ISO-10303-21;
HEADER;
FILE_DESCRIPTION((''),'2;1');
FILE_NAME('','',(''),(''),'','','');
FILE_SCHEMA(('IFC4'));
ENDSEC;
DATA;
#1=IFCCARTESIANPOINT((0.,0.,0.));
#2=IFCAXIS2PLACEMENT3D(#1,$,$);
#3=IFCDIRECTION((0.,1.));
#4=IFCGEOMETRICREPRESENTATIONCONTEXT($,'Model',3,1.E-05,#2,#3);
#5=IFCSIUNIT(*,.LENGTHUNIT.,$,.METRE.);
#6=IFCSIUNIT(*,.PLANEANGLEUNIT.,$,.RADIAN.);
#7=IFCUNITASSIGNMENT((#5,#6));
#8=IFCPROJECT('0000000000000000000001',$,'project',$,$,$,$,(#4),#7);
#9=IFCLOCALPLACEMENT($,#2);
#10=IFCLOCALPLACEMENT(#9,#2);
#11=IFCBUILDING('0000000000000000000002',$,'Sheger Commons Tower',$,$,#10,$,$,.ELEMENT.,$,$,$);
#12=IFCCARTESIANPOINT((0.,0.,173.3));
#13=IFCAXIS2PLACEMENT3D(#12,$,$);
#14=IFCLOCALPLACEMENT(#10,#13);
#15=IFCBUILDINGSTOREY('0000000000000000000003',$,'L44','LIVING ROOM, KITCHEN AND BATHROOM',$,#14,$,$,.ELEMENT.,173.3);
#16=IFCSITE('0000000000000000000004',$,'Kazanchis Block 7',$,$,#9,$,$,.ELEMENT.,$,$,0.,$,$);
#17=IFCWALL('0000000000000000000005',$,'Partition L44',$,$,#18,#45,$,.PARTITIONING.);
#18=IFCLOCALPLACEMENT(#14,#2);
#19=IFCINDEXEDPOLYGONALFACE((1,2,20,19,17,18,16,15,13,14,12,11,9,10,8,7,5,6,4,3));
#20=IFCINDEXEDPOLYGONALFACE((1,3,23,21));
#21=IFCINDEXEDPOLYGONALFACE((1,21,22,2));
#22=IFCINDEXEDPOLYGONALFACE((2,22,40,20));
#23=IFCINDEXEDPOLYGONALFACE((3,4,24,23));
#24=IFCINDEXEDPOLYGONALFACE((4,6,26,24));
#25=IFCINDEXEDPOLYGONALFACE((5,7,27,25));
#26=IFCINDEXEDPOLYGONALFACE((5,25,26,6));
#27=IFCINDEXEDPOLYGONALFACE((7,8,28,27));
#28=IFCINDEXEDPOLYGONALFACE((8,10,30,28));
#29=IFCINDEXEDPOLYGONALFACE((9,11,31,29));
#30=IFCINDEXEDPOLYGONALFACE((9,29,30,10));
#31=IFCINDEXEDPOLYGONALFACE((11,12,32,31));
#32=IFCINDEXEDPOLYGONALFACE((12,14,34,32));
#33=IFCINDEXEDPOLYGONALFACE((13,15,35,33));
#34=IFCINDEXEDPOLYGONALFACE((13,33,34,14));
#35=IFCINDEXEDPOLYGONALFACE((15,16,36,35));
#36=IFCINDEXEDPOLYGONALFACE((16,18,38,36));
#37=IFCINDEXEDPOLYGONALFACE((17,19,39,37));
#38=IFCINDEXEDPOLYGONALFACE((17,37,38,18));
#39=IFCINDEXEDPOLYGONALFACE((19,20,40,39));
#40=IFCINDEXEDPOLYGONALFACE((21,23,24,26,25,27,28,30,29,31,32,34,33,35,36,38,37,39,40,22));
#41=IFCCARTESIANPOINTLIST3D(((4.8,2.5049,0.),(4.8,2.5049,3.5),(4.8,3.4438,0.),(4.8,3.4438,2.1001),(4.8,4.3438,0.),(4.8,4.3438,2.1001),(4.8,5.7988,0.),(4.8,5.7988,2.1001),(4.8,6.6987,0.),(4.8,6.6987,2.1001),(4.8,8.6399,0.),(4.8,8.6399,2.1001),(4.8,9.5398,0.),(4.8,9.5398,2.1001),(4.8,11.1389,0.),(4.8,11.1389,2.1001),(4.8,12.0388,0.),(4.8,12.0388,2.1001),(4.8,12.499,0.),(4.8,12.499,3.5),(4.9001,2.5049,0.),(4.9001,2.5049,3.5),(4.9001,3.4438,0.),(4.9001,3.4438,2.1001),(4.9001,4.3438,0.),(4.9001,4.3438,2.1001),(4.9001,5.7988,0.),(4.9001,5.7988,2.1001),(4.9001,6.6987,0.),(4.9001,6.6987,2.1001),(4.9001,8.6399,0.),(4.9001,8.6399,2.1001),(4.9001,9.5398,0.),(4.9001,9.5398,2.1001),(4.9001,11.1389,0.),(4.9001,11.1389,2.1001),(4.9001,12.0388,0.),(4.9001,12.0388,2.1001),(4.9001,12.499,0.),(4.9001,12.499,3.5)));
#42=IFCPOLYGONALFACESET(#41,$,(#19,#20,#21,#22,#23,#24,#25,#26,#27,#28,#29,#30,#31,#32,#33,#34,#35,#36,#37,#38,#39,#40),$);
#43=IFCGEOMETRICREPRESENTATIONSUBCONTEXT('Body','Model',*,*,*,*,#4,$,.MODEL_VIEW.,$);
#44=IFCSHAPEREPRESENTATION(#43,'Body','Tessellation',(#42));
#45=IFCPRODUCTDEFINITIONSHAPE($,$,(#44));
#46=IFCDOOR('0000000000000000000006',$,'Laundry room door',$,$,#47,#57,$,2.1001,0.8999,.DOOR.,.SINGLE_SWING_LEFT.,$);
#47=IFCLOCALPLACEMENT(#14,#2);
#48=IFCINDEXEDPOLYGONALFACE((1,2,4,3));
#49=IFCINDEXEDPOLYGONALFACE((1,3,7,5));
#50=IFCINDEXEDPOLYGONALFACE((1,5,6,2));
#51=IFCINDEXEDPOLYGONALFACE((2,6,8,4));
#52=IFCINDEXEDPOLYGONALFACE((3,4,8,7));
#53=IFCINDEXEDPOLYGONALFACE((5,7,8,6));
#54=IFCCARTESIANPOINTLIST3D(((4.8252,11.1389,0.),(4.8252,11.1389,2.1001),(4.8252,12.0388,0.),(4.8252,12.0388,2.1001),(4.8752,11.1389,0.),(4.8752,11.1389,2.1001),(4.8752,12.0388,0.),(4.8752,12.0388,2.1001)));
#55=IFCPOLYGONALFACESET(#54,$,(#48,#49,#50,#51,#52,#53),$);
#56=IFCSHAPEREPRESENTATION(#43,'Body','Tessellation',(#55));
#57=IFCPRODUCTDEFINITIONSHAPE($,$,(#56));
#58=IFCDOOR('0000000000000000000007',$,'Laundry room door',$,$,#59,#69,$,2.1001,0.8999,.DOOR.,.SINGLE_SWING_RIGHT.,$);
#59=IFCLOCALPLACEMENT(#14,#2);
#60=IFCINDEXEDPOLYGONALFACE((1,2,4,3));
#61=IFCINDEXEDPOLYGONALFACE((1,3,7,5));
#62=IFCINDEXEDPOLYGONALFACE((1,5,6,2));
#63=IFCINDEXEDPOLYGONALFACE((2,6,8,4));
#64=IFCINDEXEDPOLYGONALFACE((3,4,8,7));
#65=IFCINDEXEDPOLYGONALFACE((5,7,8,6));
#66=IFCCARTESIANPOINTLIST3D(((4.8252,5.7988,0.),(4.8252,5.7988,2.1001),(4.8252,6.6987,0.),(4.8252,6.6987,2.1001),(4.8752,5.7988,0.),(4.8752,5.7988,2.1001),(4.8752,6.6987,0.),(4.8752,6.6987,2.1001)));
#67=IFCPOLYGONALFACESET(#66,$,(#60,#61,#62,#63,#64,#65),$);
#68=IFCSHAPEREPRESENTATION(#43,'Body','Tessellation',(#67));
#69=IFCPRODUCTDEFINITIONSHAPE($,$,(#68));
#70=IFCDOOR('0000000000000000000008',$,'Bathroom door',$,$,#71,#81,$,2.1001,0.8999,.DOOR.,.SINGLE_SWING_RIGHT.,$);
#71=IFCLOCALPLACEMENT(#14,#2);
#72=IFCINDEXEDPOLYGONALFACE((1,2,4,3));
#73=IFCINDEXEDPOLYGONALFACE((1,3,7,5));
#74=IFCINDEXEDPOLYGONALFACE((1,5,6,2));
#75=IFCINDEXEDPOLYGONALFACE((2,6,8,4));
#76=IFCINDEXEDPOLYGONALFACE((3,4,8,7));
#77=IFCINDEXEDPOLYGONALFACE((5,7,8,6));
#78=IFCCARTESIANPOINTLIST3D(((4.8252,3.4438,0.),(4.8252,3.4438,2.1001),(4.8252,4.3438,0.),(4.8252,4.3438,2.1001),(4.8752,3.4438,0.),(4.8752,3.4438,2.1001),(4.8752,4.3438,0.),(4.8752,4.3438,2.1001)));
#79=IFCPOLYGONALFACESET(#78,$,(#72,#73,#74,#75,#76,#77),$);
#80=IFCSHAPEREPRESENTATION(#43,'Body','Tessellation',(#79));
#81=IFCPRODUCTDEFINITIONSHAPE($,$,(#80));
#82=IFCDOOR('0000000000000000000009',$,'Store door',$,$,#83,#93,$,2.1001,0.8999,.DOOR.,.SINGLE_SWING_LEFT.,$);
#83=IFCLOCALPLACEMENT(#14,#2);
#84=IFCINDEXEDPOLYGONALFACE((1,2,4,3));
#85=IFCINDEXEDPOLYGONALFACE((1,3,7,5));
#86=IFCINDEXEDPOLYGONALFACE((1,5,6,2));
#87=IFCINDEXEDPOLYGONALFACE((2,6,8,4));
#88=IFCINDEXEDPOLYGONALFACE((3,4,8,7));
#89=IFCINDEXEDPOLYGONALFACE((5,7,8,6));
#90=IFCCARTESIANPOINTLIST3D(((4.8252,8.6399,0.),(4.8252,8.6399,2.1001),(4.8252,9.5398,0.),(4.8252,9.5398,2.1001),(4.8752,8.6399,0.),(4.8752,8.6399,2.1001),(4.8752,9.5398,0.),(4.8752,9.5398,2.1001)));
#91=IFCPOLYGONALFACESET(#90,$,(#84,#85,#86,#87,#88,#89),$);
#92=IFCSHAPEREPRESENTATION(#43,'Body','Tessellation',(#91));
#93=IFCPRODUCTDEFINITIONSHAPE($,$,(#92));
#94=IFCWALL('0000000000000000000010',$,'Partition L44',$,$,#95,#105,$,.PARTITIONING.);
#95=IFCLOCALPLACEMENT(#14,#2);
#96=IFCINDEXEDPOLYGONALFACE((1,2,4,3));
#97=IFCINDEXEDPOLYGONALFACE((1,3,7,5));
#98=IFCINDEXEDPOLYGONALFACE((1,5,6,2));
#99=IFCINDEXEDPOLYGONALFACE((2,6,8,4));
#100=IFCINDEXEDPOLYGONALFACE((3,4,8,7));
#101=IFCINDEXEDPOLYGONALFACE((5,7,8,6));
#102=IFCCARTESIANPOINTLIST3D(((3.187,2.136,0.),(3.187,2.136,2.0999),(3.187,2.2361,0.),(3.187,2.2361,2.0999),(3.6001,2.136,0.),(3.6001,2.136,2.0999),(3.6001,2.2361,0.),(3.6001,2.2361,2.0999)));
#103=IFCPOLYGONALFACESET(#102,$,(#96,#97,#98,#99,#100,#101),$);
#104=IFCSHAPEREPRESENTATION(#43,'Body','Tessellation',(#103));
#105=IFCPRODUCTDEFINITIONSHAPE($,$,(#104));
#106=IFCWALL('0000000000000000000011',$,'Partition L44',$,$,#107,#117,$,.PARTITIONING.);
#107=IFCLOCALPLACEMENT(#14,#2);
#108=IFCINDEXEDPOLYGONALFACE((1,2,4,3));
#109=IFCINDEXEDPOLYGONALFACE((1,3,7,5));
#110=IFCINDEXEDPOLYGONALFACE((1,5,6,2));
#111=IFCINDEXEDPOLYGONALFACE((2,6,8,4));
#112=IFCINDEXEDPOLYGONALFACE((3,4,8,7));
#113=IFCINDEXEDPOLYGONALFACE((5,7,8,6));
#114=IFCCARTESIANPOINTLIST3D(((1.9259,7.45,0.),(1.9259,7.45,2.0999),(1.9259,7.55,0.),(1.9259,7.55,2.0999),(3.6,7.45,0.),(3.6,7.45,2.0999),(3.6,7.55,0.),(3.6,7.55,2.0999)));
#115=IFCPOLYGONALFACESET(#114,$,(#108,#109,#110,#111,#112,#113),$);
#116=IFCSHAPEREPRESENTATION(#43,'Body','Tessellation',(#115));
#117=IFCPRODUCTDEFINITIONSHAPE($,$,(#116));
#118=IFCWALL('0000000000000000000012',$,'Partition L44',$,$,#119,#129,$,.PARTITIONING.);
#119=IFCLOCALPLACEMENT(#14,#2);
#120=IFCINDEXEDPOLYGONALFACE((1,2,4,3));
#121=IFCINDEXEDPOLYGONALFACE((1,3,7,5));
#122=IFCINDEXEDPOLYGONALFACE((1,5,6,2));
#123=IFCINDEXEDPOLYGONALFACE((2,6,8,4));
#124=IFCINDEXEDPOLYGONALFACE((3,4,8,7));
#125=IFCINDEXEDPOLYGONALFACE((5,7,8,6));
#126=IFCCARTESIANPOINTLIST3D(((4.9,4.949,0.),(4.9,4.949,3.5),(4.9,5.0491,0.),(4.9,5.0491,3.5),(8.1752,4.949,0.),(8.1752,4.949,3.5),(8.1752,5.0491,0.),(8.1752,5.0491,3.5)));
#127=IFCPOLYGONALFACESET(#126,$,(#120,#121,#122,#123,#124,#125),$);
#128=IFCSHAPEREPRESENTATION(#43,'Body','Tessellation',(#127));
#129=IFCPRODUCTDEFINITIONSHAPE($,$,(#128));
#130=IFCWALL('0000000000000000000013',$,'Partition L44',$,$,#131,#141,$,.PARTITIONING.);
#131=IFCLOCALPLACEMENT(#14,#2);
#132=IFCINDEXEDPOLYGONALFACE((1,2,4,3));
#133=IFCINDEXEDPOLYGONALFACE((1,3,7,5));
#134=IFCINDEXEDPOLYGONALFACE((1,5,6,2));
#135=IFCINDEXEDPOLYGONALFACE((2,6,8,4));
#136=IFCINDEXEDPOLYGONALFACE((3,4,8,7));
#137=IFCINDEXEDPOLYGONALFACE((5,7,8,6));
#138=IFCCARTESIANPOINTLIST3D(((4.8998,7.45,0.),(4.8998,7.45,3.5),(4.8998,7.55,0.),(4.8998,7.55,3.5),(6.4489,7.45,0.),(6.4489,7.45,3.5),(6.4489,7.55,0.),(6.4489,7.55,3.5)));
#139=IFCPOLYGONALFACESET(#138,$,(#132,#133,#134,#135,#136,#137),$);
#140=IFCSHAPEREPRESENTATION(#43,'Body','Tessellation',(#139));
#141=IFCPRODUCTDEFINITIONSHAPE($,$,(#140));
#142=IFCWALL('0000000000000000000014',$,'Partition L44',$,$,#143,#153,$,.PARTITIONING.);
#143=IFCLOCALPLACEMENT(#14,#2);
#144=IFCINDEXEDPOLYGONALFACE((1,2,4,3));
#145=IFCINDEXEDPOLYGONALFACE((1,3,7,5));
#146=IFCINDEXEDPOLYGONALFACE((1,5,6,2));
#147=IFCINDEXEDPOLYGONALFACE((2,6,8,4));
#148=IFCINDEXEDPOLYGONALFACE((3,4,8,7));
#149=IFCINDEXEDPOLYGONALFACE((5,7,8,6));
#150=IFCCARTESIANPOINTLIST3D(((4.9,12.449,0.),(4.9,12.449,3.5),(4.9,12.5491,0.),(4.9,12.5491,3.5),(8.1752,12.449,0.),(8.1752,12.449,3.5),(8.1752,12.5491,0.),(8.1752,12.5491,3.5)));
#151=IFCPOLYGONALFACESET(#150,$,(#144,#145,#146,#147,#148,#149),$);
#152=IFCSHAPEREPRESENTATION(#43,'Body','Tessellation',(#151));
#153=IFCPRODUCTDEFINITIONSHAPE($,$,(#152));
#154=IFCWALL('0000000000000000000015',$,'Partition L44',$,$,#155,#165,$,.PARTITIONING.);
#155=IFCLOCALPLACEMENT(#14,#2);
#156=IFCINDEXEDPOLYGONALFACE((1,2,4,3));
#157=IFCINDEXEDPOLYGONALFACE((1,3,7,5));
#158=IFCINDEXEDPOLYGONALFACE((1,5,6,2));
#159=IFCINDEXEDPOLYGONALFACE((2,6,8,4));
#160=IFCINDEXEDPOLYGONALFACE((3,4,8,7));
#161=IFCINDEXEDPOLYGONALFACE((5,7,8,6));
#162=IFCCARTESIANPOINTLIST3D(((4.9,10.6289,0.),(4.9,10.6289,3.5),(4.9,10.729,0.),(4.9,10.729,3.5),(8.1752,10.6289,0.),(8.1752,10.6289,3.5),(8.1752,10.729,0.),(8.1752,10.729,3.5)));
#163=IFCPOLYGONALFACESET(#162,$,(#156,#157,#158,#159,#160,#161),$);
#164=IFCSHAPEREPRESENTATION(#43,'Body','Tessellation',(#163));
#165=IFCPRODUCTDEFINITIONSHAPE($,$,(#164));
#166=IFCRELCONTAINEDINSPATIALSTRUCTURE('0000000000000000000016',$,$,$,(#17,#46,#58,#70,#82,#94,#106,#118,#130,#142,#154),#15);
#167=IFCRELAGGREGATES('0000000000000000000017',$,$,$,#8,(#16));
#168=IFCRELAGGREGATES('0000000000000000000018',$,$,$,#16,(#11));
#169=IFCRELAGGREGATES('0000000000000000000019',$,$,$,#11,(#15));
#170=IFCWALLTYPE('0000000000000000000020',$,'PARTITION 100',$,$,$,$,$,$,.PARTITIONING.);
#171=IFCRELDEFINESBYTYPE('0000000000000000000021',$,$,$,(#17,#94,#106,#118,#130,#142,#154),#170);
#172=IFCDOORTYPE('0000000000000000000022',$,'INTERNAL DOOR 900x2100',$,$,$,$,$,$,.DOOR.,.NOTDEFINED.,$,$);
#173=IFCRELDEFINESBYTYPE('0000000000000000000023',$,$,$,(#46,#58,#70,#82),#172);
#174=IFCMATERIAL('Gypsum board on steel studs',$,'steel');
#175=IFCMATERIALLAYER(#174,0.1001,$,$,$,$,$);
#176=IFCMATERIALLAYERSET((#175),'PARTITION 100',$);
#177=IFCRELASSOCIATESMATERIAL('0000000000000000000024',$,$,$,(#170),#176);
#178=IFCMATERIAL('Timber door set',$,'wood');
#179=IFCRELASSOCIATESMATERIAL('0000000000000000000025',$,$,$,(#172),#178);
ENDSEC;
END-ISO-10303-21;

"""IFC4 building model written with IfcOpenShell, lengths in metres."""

from ifc_helpers import new_model, si_unit, direction, frame, frame_2d, origin, place, context, subcontext, project, spatial, rectangle, extrude, material, layer, layer_set, type_object, element, fill, save


model = new_model("IFC4")

# Units and contexts
model_context = context("Model", 3, precision=1e-05, world=origin(), true_north=direction((0.0, 1.0)))
body_context = subcontext(model_context, "Body", "Model", "MODEL_VIEW")
ifc_project = project(units=[si_unit("LENGTHUNIT", "METRE"), si_unit("PLANEANGLEUNIT", "RADIAN")], contexts=[model_context])

# Site, building, storey
site_placement = place(None, origin())
site = spatial("IfcSite", under=ifc_project, at=site_placement, Name="Kazanchis Block 7", CompositionType="ELEMENT", RefElevation=0.0)
building_placement = place(site_placement, origin())
building = spatial("IfcBuilding", under=site, at=building_placement, Name="Sheger Commons Tower", CompositionType="ELEMENT")
storey_placement = place(building_placement, frame((0.0, 0.0, 173.3)))
storey = spatial("IfcBuildingStorey", under=building, at=storey_placement, Name="L44", Description="LIVING ROOM, KITCHEN AND BATHROOM", CompositionType="ELEMENT", Elevation=173.3)

# Wall, openings, doors
ifc_material_1 = material(Name="Gypsum board on steel studs", Category="steel")
ifc_layer = layer(ifc_material_1, 0.1001)
ifc_layer_set = layer_set([ifc_layer], Name="PARTITION 100")
wall_type = type_object("IfcWallType", Name="PARTITION 100", PredefinedType="PARTITIONING", material=ifc_layer_set)
ifc_material_2 = material(Name="Timber door set", Category="wood")
door_type = type_object("IfcDoorType", Name="INTERNAL DOOR 900x2100", OperationType="NOTDEFINED", PredefinedType="DOOR", material=ifc_material_2)
wall_1_placement = place(storey_placement, frame((4.8501, 2.5049, 0.0), z_axis=(0.0, 0.0, 1.0), x_axis=(0.0, 1.0, 0.0)))
wall_1 = element("IfcWall", 1, at=wall_1_placement, inside=storey, type_object=wall_type, Name="Partition L44", PredefinedType="PARTITIONING", context=body_context, shape_type="SweptSolid", body=[
    extrude(rectangle(XDim=9.9941, YDim=0.1001, at=frame_2d((4.9971, 0.0))), origin(), (0.0, 0.0, 1.0), 3.5),
])
opening_1_placement = place(wall_1_placement, frame((8.634, 0.0, 0.0)))
opening_1 = element("IfcOpeningElement", 2, at=opening_1_placement, cuts=wall_1, PredefinedType="OPENING", context=body_context, shape_type="SweptSolid", body=[
    extrude(rectangle(XDim=0.8999, YDim=2.1001, at=frame_2d((0.45, 1.05))), frame((0.0, 0.0601, 0.0), z_axis=(0.0, -1.0, 0.0), x_axis=(1.0, 0.0, 0.0)), (0.0, 0.0, 1.0), 0.1201),
])
opening_2_placement = place(wall_1_placement, frame((3.2939, 0.0, 0.0)))
opening_2 = element("IfcOpeningElement", 3, at=opening_2_placement, cuts=wall_1, PredefinedType="OPENING", context=body_context, shape_type="SweptSolid", body=[
    extrude(rectangle(XDim=0.8999, YDim=2.1001, at=frame_2d((0.45, 1.05))), frame((0.0, 0.0601, 0.0), z_axis=(0.0, -1.0, 0.0), x_axis=(1.0, 0.0, 0.0)), (0.0, 0.0, 1.0), 0.1201),
])
opening_3_placement = place(wall_1_placement, frame((0.939, 0.0, 0.0)))
opening_3 = element("IfcOpeningElement", 4, at=opening_3_placement, cuts=wall_1, PredefinedType="OPENING", context=body_context, shape_type="SweptSolid", body=[
    extrude(rectangle(XDim=0.8999, YDim=2.1001, at=frame_2d((0.45, 1.05))), frame((0.0, 0.0601, 0.0), z_axis=(0.0, -1.0, 0.0), x_axis=(1.0, 0.0, 0.0)), (0.0, 0.0, 1.0), 0.1201),
])
opening_4_placement = place(wall_1_placement, frame((6.135, 0.0, 0.0)))
opening_4 = element("IfcOpeningElement", 5, at=opening_4_placement, cuts=wall_1, PredefinedType="OPENING", context=body_context, shape_type="SweptSolid", body=[
    extrude(rectangle(XDim=0.8999, YDim=2.1001, at=frame_2d((0.45, 1.05))), frame((0.0, 0.0601, 0.0), z_axis=(0.0, -1.0, 0.0), x_axis=(1.0, 0.0, 0.0)), (0.0, 0.0, 1.0), 0.1201),
])
door_1_placement = place(opening_1_placement, origin())
door_1 = element("IfcDoor", 6, at=door_1_placement, inside=storey, type_object=door_type, Name="Laundry room door", OperationType="SINGLE_SWING_LEFT", OverallHeight=2.1001, OverallWidth=0.8999, PredefinedType="DOOR", context=body_context, shape_type="SweptSolid", body=[
    extrude(rectangle(XDim=0.8999, YDim=2.1001, at=frame_2d((0.45, 1.05))), frame((0.0, 0.0249, 0.0), z_axis=(0.0, -1.0, 0.0), x_axis=(1.0, 0.0, 0.0)), (0.0, 0.0, 1.0), 0.05),
])
fill(opening_1, door_1)
door_2_placement = place(opening_2_placement, origin())
door_2 = element("IfcDoor", 7, at=door_2_placement, inside=storey, type_object=door_type, Name="Laundry room door", OperationType="SINGLE_SWING_RIGHT", OverallHeight=2.1001, OverallWidth=0.8999, PredefinedType="DOOR", context=body_context, shape_type="SweptSolid", body=[
    extrude(rectangle(XDim=0.8999, YDim=2.1001, at=frame_2d((0.45, 1.05))), frame((0.0, 0.0249, 0.0), z_axis=(0.0, -1.0, 0.0), x_axis=(1.0, 0.0, 0.0)), (0.0, 0.0, 1.0), 0.05),
])
fill(opening_2, door_2)
door_3_placement = place(opening_3_placement, origin())
door_3 = element("IfcDoor", 8, at=door_3_placement, inside=storey, type_object=door_type, Name="Bathroom door", OperationType="SINGLE_SWING_RIGHT", OverallHeight=2.1001, OverallWidth=0.8999, PredefinedType="DOOR", context=body_context, shape_type="SweptSolid", body=[
    extrude(rectangle(XDim=0.8999, YDim=2.1001, at=frame_2d((0.45, 1.05))), frame((0.0, 0.0249, 0.0), z_axis=(0.0, -1.0, 0.0), x_axis=(1.0, 0.0, 0.0)), (0.0, 0.0, 1.0), 0.05),
])
fill(opening_3, door_3)
door_4_placement = place(opening_4_placement, origin())
door_4 = element("IfcDoor", 9, at=door_4_placement, inside=storey, type_object=door_type, Name="Store door", OperationType="SINGLE_SWING_LEFT", OverallHeight=2.1001, OverallWidth=0.8999, PredefinedType="DOOR", context=body_context, shape_type="SweptSolid", body=[
    extrude(rectangle(XDim=0.8999, YDim=2.1001, at=frame_2d((0.45, 1.05))), frame((0.0, 0.0249, 0.0), z_axis=(0.0, -1.0, 0.0), x_axis=(1.0, 0.0, 0.0)), (0.0, 0.0, 1.0), 0.05),
])
fill(opening_4, door_4)

# Walls
wall_2_placement = place(storey_placement, frame((3.187, 2.186, 0.0), z_axis=(0.0, 0.0, 1.0), x_axis=(1.0, 0.0, 0.0)))
element("IfcWall", 10, at=wall_2_placement, inside=storey, type_object=wall_type, Name="Partition L44", PredefinedType="PARTITIONING", context=body_context, shape_type="SweptSolid", body=[
    extrude(rectangle(XDim=0.4131, YDim=0.1001, at=frame_2d((0.2065, 0.0))), origin(), (0.0, 0.0, 1.0), 2.0999),
])
wall_3_placement = place(storey_placement, frame((1.926, 7.5, 0.0), z_axis=(0.0, 0.0, 1.0), x_axis=(1.0, 0.0, 0.0)))
element("IfcWall", 11, at=wall_3_placement, inside=storey, type_object=wall_type, Name="Partition L44", PredefinedType="PARTITIONING", context=body_context, shape_type="SweptSolid", body=[
    extrude(rectangle(XDim=1.6741, YDim=0.1001, at=frame_2d((0.8369, 0.0))), origin(), (0.0, 0.0, 1.0), 2.0999),
])
wall_4_placement = place(storey_placement, frame((4.8999, 4.999, 0.0), z_axis=(0.0, 0.0, 1.0), x_axis=(1.0, 0.0, 0.0)))
element("IfcWall", 12, at=wall_4_placement, inside=storey, type_object=wall_type, Name="Partition L44", PredefinedType="PARTITIONING", context=body_context, shape_type="SweptSolid", body=[
    extrude(rectangle(XDim=3.2751, YDim=0.1001, at=frame_2d((1.6377, 0.0))), origin(), (0.0, 0.0, 1.0), 3.5),
])
wall_5_placement = place(storey_placement, frame((4.8999, 7.5, 0.0), z_axis=(0.0, 0.0, 1.0), x_axis=(1.0, 0.0, 0.0)))
element("IfcWall", 13, at=wall_5_placement, inside=storey, type_object=wall_type, Name="Partition L44", PredefinedType="PARTITIONING", context=body_context, shape_type="SweptSolid", body=[
    extrude(rectangle(XDim=1.5491, YDim=0.1001, at=frame_2d((0.7744, 0.0))), origin(), (0.0, 0.0, 1.0), 3.5),
])
for number, where, z_axis, x_axis, name in (
    (14, (4.8999, 12.499, 0.0), (0.0, 0.0, 1.0), (1.0, 0.0, 0.0), "Partition L44"),
    (15, (4.8999, 10.679, 0.0), (0.0, 0.0, 1.0), (1.0, 0.0, 0.0), "Partition L44"),
):
    element("IfcWall", number, at=place(storey_placement, frame(where, z_axis=z_axis, x_axis=x_axis)), inside=storey, type_object=wall_type, Name=name, PredefinedType="PARTITIONING", context=body_context, shape_type="SweptSolid", body=[
        extrude(rectangle(XDim=3.2751, YDim=0.1001, at=frame_2d((1.6377, 0.0))), origin(), (0.0, 0.0, 1.0), 3.5),
    ])

save(model, "model.ifc")
